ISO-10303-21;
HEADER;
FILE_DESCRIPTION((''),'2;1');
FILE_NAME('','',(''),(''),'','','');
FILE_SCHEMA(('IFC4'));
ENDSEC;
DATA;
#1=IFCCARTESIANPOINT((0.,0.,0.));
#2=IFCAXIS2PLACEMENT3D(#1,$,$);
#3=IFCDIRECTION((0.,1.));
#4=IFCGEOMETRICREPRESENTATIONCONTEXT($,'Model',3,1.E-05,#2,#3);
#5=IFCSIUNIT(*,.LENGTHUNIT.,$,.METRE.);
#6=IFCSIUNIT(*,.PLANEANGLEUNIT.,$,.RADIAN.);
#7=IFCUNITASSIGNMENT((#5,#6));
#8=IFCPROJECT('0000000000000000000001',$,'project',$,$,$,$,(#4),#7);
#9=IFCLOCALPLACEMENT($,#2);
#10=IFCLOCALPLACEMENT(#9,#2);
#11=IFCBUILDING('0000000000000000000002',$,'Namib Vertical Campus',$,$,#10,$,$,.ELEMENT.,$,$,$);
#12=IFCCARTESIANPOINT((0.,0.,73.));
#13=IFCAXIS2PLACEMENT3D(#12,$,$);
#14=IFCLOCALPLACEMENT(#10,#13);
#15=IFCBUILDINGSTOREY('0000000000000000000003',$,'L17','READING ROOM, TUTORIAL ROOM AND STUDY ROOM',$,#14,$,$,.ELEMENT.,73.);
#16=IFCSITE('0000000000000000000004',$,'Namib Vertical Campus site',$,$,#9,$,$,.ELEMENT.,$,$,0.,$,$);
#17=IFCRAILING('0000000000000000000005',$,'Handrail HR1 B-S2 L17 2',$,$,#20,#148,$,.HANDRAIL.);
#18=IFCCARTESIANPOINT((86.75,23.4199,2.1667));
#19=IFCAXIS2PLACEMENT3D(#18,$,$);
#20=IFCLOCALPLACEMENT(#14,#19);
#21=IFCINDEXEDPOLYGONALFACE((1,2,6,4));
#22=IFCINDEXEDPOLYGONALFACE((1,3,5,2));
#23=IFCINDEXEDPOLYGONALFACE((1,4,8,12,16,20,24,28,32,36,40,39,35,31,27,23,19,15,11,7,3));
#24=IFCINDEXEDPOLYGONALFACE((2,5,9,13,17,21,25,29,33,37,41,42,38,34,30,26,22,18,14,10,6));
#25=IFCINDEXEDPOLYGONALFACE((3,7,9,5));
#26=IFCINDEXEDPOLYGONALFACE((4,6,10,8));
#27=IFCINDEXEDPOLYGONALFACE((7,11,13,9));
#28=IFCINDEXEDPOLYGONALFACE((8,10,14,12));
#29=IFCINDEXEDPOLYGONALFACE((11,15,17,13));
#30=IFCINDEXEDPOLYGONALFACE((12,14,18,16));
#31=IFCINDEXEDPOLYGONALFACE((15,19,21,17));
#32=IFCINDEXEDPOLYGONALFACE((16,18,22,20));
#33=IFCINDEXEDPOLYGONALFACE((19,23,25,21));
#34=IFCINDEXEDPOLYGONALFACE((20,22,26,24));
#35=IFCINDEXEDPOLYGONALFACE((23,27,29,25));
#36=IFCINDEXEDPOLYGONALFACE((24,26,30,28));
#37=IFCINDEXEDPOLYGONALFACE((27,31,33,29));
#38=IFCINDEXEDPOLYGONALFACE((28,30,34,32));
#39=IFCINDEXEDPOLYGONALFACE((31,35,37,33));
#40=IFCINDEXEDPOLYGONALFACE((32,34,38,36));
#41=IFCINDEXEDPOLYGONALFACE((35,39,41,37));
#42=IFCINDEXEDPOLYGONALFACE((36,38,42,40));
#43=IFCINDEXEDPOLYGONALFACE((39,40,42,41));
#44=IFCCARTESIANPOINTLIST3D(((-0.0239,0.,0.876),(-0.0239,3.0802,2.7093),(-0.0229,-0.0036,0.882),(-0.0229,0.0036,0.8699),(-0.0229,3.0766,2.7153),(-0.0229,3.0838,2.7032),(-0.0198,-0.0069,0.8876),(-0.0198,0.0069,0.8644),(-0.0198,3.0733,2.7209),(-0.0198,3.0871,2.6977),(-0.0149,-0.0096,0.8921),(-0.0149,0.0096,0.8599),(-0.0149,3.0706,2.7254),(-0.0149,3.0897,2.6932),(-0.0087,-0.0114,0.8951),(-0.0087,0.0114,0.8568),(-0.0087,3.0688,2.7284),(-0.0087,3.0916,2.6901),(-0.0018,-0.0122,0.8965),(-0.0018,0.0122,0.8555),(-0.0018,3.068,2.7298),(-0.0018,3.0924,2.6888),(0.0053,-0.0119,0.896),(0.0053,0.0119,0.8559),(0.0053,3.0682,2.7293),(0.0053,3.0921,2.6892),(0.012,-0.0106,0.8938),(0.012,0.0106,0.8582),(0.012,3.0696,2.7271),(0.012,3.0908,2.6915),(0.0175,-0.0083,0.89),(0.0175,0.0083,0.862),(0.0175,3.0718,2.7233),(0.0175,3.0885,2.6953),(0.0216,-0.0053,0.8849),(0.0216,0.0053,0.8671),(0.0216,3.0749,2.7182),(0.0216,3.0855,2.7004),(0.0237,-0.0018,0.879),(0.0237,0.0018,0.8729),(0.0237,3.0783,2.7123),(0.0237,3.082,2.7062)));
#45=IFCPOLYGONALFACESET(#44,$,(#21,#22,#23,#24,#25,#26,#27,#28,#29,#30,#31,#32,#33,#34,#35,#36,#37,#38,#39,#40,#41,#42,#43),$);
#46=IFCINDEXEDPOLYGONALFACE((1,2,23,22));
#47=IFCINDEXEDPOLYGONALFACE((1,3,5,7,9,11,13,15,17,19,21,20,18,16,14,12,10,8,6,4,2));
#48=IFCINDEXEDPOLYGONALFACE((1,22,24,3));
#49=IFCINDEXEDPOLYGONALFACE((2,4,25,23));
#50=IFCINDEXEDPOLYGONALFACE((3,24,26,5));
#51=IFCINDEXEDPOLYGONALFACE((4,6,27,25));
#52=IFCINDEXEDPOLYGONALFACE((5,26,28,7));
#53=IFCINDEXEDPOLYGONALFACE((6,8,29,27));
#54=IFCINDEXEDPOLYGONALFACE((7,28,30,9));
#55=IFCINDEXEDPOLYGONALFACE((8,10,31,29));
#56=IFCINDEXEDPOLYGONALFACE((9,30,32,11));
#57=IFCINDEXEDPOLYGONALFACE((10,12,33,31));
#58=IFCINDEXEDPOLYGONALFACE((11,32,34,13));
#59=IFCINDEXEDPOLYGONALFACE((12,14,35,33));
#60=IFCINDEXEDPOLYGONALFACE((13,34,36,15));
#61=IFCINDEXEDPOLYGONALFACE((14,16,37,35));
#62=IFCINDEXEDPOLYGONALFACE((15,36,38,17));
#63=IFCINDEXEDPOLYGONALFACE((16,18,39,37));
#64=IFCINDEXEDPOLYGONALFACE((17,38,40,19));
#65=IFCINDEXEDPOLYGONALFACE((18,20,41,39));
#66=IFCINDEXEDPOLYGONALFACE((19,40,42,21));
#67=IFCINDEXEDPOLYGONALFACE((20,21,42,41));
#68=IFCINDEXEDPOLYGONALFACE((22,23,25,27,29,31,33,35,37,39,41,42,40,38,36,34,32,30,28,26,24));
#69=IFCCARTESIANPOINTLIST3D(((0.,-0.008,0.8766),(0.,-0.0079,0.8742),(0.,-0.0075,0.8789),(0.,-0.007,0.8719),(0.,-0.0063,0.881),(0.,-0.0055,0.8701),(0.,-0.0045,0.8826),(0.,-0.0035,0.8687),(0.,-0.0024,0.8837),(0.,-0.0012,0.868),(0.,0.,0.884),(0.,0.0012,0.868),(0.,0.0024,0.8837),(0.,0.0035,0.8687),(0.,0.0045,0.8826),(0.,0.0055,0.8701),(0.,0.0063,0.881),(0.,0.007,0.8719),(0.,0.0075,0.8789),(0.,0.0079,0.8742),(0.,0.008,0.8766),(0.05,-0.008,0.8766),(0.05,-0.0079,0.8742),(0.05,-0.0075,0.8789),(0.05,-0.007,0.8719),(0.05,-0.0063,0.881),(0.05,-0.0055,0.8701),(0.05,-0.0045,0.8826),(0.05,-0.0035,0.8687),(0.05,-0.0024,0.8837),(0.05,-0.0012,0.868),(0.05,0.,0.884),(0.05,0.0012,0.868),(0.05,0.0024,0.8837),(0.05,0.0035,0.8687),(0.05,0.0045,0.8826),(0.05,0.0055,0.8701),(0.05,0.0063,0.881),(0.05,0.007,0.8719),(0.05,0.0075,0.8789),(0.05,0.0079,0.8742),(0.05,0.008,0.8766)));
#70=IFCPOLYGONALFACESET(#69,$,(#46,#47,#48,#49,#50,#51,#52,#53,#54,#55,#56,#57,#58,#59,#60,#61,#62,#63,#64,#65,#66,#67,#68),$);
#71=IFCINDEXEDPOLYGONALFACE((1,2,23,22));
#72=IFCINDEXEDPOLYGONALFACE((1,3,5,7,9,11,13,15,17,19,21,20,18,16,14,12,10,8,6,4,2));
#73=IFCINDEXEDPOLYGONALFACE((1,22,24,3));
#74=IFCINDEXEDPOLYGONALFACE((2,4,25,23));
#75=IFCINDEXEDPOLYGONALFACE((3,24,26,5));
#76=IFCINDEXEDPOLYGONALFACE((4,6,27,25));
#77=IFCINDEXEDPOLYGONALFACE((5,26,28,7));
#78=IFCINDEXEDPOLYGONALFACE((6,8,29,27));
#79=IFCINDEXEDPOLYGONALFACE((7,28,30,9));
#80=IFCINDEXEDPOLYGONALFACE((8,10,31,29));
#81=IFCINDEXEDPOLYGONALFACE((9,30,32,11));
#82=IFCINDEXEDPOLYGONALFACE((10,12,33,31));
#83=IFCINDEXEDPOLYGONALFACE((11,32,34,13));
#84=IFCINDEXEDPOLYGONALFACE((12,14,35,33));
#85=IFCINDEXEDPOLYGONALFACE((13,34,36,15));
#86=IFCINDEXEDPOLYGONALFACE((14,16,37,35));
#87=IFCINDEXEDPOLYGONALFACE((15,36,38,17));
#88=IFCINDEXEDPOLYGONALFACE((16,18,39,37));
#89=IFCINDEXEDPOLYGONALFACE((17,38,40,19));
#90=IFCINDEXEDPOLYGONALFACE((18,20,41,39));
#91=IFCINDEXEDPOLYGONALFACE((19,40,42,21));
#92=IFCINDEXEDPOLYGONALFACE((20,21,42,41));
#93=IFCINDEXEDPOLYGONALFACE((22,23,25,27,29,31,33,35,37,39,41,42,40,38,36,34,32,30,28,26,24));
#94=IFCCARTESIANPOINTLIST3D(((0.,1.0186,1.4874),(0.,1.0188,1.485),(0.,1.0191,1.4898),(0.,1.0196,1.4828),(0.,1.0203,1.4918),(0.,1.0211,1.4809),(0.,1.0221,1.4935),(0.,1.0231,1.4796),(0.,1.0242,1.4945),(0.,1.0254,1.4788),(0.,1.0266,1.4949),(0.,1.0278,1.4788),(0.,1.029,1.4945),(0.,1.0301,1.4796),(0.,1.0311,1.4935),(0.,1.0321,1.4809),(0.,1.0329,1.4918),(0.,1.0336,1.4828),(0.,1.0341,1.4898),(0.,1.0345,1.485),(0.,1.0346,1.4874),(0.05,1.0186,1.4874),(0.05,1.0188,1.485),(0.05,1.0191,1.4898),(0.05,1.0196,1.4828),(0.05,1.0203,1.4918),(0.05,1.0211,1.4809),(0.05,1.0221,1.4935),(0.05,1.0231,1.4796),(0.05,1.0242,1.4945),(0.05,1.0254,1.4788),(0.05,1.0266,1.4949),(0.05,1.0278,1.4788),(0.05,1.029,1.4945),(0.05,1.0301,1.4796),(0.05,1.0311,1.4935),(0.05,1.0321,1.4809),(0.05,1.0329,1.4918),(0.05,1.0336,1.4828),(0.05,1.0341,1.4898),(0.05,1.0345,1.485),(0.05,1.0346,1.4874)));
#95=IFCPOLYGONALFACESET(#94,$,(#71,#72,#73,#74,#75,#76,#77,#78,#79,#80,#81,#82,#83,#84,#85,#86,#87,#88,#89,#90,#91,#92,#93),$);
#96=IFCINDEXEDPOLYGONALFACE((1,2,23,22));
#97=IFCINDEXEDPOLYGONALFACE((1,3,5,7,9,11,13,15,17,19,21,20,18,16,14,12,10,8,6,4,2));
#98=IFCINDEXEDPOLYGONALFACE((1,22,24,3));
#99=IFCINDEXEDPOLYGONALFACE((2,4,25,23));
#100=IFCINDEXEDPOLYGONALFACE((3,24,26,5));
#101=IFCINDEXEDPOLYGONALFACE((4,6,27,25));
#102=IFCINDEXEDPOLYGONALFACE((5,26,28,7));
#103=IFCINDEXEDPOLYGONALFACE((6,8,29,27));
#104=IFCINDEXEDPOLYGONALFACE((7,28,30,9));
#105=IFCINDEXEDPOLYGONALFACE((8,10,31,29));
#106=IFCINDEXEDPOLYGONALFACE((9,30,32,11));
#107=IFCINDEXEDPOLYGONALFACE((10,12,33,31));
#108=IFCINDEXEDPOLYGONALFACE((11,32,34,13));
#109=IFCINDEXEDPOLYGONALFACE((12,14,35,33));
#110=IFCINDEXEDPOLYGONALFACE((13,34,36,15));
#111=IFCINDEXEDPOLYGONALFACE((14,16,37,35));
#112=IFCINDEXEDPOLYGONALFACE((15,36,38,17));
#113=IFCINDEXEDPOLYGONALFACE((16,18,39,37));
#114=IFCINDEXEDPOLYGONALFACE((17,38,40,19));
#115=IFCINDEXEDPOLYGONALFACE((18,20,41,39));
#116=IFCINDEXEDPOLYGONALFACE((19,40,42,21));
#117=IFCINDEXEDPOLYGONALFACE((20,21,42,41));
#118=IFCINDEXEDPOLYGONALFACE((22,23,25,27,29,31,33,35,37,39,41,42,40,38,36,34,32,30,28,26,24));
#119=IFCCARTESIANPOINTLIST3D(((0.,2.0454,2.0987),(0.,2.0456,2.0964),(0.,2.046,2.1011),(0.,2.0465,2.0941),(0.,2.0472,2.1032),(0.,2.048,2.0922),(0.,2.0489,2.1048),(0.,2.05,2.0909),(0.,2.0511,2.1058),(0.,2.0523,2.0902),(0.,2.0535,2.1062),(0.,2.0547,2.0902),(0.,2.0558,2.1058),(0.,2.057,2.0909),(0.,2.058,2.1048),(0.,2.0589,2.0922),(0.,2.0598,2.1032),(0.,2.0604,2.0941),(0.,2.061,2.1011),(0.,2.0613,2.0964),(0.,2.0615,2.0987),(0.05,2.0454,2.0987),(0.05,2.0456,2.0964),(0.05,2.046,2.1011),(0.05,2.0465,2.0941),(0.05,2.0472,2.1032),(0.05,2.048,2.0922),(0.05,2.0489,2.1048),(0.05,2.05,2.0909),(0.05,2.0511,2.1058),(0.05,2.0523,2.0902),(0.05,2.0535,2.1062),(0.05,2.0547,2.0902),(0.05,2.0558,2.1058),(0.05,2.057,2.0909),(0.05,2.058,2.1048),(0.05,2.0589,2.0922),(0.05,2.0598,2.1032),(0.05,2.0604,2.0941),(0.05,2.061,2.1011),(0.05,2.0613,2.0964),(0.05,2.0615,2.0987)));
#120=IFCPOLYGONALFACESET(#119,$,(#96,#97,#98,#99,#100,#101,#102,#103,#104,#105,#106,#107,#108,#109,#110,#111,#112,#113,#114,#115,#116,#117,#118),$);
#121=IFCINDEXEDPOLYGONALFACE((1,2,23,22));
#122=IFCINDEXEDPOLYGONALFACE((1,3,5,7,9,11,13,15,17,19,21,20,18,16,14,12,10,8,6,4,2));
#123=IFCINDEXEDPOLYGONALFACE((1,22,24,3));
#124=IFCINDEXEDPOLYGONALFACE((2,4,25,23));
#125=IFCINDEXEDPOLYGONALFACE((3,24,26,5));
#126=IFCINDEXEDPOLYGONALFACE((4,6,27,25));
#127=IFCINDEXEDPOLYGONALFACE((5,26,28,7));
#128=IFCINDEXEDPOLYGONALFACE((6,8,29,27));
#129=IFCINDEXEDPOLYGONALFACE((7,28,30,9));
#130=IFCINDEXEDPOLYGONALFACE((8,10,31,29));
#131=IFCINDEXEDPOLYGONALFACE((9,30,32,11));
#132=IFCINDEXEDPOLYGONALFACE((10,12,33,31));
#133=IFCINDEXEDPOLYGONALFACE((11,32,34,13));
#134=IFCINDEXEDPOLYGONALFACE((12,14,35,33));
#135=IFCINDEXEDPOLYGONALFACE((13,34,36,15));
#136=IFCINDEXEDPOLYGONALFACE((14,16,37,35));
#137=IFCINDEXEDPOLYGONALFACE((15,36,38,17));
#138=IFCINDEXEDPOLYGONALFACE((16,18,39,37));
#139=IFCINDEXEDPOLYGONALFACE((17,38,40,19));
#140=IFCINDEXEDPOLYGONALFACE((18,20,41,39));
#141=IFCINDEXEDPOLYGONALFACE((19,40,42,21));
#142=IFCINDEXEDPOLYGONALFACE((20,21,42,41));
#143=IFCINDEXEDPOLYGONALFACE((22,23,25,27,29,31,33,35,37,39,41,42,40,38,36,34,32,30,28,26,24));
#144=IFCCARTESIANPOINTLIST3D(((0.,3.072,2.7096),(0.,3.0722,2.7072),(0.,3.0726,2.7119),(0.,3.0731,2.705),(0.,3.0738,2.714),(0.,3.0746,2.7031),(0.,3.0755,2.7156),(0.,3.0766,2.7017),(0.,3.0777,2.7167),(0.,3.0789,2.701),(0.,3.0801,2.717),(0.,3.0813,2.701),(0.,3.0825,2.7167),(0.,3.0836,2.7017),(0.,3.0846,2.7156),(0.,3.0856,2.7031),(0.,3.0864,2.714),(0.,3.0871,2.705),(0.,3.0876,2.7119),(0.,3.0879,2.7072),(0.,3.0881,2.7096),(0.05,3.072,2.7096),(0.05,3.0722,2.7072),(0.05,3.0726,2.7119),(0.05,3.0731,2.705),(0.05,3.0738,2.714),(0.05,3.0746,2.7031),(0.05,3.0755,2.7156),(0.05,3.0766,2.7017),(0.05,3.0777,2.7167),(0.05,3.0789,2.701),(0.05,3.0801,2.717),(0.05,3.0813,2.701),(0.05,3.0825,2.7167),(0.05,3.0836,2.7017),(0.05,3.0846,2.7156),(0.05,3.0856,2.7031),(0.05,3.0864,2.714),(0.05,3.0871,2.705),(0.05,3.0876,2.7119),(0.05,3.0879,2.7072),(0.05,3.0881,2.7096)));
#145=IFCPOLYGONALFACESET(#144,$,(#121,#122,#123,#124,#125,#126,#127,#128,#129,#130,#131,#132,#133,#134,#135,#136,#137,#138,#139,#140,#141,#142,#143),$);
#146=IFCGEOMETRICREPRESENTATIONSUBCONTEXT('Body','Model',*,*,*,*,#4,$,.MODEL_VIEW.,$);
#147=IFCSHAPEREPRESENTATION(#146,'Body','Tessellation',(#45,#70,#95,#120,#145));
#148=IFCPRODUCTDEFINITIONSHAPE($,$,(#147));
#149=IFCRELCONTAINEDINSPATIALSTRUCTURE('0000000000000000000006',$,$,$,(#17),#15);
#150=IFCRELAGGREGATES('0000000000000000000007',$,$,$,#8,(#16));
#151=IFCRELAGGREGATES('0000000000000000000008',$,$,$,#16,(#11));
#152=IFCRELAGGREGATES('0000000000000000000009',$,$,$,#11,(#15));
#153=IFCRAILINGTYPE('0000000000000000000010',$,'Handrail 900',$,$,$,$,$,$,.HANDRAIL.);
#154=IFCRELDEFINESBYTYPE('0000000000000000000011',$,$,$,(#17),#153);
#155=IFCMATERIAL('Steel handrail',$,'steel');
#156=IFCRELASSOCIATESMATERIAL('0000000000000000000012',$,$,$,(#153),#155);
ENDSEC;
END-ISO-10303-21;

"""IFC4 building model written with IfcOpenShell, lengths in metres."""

from ifc_helpers import new_model, si_unit, direction, frame, origin, origin_2d, place, context, subcontext, project, spatial, circle, extrude, material, type_object, element, save


model = new_model("IFC4")

# Units and contexts
model_context = context("Model", 3, precision=1e-05, world=origin(), true_north=direction((0.0, 1.0)))
body_context = subcontext(model_context, "Body", "Model", "MODEL_VIEW")
ifc_project = project(units=[si_unit("LENGTHUNIT", "METRE"), si_unit("PLANEANGLEUNIT", "RADIAN")], contexts=[model_context])

# Site, building, storey
site_placement = place(None, origin())
site = spatial("IfcSite", under=ifc_project, at=site_placement, Name="Namib Vertical Campus site", CompositionType="ELEMENT", RefElevation=0.0)
building_placement = place(site_placement, origin())
building = spatial("IfcBuilding", under=site, at=building_placement, Name="Namib Vertical Campus", CompositionType="ELEMENT")
storey_placement = place(building_placement, frame((0.0, 0.0, 73.0)))
storey = spatial("IfcBuildingStorey", under=building, at=storey_placement, Name="L17", Description="READING ROOM, TUTORIAL ROOM AND STUDY ROOM", CompositionType="ELEMENT", Elevation=73.0)

# Railing
ifc_material_1 = material(Name="Steel handrail", Category="steel")
railing_type_1 = type_object("IfcRailingType", Name="Handrail 900", PredefinedType="HANDRAIL", material=ifc_material_1)
railing_1_placement = place(storey_placement, frame((86.75, 23.4199, 2.1667)))
element("IfcRailing", 1, at=railing_1_placement, inside=storey, type_object=railing_type_1, Name="Handrail HR1 B-S2 L17 2", PredefinedType="HANDRAIL", context=body_context, shape_type="SweptSolid", body=[
    extrude(circle(Radius=0.0239, at=origin_2d()), frame((0.0, 0.0, 0.876), z_axis=(0.0, 0.859309, 0.511458), x_axis=(-1.0, 0.0, 0.0)), (0.0, 0.0, 1.0), 3.5845),
    extrude(circle(Radius=0.0081, at=origin_2d()), frame((0.0, 0.0, 0.876), z_axis=(1.0, 0.0, 0.0), x_axis=(0.0, 0.0, 1.0)), (0.0, 0.0, 1.0), 0.05),
    extrude(circle(Radius=0.0081, at=origin_2d()), frame((0.0, 1.0266, 1.4868), z_axis=(1.0, 0.0, 0.0), x_axis=(0.0, 0.0, 1.0)), (0.0, 0.0, 1.0), 0.05),
    extrude(circle(Radius=0.0081, at=origin_2d()), frame((0.0, 2.0535, 2.0981), z_axis=(1.0, 0.0, 0.0), x_axis=(0.0, 0.0, 1.0)), (0.0, 0.0, 1.0), 0.05),
    extrude(circle(Radius=0.0081, at=origin_2d()), frame((0.0, 3.0801, 2.709), z_axis=(1.0, 0.0, 0.0), x_axis=(0.0, 0.0, 1.0)), (0.0, 0.0, 1.0), 0.05),
])

save(model, "model.ifc")
